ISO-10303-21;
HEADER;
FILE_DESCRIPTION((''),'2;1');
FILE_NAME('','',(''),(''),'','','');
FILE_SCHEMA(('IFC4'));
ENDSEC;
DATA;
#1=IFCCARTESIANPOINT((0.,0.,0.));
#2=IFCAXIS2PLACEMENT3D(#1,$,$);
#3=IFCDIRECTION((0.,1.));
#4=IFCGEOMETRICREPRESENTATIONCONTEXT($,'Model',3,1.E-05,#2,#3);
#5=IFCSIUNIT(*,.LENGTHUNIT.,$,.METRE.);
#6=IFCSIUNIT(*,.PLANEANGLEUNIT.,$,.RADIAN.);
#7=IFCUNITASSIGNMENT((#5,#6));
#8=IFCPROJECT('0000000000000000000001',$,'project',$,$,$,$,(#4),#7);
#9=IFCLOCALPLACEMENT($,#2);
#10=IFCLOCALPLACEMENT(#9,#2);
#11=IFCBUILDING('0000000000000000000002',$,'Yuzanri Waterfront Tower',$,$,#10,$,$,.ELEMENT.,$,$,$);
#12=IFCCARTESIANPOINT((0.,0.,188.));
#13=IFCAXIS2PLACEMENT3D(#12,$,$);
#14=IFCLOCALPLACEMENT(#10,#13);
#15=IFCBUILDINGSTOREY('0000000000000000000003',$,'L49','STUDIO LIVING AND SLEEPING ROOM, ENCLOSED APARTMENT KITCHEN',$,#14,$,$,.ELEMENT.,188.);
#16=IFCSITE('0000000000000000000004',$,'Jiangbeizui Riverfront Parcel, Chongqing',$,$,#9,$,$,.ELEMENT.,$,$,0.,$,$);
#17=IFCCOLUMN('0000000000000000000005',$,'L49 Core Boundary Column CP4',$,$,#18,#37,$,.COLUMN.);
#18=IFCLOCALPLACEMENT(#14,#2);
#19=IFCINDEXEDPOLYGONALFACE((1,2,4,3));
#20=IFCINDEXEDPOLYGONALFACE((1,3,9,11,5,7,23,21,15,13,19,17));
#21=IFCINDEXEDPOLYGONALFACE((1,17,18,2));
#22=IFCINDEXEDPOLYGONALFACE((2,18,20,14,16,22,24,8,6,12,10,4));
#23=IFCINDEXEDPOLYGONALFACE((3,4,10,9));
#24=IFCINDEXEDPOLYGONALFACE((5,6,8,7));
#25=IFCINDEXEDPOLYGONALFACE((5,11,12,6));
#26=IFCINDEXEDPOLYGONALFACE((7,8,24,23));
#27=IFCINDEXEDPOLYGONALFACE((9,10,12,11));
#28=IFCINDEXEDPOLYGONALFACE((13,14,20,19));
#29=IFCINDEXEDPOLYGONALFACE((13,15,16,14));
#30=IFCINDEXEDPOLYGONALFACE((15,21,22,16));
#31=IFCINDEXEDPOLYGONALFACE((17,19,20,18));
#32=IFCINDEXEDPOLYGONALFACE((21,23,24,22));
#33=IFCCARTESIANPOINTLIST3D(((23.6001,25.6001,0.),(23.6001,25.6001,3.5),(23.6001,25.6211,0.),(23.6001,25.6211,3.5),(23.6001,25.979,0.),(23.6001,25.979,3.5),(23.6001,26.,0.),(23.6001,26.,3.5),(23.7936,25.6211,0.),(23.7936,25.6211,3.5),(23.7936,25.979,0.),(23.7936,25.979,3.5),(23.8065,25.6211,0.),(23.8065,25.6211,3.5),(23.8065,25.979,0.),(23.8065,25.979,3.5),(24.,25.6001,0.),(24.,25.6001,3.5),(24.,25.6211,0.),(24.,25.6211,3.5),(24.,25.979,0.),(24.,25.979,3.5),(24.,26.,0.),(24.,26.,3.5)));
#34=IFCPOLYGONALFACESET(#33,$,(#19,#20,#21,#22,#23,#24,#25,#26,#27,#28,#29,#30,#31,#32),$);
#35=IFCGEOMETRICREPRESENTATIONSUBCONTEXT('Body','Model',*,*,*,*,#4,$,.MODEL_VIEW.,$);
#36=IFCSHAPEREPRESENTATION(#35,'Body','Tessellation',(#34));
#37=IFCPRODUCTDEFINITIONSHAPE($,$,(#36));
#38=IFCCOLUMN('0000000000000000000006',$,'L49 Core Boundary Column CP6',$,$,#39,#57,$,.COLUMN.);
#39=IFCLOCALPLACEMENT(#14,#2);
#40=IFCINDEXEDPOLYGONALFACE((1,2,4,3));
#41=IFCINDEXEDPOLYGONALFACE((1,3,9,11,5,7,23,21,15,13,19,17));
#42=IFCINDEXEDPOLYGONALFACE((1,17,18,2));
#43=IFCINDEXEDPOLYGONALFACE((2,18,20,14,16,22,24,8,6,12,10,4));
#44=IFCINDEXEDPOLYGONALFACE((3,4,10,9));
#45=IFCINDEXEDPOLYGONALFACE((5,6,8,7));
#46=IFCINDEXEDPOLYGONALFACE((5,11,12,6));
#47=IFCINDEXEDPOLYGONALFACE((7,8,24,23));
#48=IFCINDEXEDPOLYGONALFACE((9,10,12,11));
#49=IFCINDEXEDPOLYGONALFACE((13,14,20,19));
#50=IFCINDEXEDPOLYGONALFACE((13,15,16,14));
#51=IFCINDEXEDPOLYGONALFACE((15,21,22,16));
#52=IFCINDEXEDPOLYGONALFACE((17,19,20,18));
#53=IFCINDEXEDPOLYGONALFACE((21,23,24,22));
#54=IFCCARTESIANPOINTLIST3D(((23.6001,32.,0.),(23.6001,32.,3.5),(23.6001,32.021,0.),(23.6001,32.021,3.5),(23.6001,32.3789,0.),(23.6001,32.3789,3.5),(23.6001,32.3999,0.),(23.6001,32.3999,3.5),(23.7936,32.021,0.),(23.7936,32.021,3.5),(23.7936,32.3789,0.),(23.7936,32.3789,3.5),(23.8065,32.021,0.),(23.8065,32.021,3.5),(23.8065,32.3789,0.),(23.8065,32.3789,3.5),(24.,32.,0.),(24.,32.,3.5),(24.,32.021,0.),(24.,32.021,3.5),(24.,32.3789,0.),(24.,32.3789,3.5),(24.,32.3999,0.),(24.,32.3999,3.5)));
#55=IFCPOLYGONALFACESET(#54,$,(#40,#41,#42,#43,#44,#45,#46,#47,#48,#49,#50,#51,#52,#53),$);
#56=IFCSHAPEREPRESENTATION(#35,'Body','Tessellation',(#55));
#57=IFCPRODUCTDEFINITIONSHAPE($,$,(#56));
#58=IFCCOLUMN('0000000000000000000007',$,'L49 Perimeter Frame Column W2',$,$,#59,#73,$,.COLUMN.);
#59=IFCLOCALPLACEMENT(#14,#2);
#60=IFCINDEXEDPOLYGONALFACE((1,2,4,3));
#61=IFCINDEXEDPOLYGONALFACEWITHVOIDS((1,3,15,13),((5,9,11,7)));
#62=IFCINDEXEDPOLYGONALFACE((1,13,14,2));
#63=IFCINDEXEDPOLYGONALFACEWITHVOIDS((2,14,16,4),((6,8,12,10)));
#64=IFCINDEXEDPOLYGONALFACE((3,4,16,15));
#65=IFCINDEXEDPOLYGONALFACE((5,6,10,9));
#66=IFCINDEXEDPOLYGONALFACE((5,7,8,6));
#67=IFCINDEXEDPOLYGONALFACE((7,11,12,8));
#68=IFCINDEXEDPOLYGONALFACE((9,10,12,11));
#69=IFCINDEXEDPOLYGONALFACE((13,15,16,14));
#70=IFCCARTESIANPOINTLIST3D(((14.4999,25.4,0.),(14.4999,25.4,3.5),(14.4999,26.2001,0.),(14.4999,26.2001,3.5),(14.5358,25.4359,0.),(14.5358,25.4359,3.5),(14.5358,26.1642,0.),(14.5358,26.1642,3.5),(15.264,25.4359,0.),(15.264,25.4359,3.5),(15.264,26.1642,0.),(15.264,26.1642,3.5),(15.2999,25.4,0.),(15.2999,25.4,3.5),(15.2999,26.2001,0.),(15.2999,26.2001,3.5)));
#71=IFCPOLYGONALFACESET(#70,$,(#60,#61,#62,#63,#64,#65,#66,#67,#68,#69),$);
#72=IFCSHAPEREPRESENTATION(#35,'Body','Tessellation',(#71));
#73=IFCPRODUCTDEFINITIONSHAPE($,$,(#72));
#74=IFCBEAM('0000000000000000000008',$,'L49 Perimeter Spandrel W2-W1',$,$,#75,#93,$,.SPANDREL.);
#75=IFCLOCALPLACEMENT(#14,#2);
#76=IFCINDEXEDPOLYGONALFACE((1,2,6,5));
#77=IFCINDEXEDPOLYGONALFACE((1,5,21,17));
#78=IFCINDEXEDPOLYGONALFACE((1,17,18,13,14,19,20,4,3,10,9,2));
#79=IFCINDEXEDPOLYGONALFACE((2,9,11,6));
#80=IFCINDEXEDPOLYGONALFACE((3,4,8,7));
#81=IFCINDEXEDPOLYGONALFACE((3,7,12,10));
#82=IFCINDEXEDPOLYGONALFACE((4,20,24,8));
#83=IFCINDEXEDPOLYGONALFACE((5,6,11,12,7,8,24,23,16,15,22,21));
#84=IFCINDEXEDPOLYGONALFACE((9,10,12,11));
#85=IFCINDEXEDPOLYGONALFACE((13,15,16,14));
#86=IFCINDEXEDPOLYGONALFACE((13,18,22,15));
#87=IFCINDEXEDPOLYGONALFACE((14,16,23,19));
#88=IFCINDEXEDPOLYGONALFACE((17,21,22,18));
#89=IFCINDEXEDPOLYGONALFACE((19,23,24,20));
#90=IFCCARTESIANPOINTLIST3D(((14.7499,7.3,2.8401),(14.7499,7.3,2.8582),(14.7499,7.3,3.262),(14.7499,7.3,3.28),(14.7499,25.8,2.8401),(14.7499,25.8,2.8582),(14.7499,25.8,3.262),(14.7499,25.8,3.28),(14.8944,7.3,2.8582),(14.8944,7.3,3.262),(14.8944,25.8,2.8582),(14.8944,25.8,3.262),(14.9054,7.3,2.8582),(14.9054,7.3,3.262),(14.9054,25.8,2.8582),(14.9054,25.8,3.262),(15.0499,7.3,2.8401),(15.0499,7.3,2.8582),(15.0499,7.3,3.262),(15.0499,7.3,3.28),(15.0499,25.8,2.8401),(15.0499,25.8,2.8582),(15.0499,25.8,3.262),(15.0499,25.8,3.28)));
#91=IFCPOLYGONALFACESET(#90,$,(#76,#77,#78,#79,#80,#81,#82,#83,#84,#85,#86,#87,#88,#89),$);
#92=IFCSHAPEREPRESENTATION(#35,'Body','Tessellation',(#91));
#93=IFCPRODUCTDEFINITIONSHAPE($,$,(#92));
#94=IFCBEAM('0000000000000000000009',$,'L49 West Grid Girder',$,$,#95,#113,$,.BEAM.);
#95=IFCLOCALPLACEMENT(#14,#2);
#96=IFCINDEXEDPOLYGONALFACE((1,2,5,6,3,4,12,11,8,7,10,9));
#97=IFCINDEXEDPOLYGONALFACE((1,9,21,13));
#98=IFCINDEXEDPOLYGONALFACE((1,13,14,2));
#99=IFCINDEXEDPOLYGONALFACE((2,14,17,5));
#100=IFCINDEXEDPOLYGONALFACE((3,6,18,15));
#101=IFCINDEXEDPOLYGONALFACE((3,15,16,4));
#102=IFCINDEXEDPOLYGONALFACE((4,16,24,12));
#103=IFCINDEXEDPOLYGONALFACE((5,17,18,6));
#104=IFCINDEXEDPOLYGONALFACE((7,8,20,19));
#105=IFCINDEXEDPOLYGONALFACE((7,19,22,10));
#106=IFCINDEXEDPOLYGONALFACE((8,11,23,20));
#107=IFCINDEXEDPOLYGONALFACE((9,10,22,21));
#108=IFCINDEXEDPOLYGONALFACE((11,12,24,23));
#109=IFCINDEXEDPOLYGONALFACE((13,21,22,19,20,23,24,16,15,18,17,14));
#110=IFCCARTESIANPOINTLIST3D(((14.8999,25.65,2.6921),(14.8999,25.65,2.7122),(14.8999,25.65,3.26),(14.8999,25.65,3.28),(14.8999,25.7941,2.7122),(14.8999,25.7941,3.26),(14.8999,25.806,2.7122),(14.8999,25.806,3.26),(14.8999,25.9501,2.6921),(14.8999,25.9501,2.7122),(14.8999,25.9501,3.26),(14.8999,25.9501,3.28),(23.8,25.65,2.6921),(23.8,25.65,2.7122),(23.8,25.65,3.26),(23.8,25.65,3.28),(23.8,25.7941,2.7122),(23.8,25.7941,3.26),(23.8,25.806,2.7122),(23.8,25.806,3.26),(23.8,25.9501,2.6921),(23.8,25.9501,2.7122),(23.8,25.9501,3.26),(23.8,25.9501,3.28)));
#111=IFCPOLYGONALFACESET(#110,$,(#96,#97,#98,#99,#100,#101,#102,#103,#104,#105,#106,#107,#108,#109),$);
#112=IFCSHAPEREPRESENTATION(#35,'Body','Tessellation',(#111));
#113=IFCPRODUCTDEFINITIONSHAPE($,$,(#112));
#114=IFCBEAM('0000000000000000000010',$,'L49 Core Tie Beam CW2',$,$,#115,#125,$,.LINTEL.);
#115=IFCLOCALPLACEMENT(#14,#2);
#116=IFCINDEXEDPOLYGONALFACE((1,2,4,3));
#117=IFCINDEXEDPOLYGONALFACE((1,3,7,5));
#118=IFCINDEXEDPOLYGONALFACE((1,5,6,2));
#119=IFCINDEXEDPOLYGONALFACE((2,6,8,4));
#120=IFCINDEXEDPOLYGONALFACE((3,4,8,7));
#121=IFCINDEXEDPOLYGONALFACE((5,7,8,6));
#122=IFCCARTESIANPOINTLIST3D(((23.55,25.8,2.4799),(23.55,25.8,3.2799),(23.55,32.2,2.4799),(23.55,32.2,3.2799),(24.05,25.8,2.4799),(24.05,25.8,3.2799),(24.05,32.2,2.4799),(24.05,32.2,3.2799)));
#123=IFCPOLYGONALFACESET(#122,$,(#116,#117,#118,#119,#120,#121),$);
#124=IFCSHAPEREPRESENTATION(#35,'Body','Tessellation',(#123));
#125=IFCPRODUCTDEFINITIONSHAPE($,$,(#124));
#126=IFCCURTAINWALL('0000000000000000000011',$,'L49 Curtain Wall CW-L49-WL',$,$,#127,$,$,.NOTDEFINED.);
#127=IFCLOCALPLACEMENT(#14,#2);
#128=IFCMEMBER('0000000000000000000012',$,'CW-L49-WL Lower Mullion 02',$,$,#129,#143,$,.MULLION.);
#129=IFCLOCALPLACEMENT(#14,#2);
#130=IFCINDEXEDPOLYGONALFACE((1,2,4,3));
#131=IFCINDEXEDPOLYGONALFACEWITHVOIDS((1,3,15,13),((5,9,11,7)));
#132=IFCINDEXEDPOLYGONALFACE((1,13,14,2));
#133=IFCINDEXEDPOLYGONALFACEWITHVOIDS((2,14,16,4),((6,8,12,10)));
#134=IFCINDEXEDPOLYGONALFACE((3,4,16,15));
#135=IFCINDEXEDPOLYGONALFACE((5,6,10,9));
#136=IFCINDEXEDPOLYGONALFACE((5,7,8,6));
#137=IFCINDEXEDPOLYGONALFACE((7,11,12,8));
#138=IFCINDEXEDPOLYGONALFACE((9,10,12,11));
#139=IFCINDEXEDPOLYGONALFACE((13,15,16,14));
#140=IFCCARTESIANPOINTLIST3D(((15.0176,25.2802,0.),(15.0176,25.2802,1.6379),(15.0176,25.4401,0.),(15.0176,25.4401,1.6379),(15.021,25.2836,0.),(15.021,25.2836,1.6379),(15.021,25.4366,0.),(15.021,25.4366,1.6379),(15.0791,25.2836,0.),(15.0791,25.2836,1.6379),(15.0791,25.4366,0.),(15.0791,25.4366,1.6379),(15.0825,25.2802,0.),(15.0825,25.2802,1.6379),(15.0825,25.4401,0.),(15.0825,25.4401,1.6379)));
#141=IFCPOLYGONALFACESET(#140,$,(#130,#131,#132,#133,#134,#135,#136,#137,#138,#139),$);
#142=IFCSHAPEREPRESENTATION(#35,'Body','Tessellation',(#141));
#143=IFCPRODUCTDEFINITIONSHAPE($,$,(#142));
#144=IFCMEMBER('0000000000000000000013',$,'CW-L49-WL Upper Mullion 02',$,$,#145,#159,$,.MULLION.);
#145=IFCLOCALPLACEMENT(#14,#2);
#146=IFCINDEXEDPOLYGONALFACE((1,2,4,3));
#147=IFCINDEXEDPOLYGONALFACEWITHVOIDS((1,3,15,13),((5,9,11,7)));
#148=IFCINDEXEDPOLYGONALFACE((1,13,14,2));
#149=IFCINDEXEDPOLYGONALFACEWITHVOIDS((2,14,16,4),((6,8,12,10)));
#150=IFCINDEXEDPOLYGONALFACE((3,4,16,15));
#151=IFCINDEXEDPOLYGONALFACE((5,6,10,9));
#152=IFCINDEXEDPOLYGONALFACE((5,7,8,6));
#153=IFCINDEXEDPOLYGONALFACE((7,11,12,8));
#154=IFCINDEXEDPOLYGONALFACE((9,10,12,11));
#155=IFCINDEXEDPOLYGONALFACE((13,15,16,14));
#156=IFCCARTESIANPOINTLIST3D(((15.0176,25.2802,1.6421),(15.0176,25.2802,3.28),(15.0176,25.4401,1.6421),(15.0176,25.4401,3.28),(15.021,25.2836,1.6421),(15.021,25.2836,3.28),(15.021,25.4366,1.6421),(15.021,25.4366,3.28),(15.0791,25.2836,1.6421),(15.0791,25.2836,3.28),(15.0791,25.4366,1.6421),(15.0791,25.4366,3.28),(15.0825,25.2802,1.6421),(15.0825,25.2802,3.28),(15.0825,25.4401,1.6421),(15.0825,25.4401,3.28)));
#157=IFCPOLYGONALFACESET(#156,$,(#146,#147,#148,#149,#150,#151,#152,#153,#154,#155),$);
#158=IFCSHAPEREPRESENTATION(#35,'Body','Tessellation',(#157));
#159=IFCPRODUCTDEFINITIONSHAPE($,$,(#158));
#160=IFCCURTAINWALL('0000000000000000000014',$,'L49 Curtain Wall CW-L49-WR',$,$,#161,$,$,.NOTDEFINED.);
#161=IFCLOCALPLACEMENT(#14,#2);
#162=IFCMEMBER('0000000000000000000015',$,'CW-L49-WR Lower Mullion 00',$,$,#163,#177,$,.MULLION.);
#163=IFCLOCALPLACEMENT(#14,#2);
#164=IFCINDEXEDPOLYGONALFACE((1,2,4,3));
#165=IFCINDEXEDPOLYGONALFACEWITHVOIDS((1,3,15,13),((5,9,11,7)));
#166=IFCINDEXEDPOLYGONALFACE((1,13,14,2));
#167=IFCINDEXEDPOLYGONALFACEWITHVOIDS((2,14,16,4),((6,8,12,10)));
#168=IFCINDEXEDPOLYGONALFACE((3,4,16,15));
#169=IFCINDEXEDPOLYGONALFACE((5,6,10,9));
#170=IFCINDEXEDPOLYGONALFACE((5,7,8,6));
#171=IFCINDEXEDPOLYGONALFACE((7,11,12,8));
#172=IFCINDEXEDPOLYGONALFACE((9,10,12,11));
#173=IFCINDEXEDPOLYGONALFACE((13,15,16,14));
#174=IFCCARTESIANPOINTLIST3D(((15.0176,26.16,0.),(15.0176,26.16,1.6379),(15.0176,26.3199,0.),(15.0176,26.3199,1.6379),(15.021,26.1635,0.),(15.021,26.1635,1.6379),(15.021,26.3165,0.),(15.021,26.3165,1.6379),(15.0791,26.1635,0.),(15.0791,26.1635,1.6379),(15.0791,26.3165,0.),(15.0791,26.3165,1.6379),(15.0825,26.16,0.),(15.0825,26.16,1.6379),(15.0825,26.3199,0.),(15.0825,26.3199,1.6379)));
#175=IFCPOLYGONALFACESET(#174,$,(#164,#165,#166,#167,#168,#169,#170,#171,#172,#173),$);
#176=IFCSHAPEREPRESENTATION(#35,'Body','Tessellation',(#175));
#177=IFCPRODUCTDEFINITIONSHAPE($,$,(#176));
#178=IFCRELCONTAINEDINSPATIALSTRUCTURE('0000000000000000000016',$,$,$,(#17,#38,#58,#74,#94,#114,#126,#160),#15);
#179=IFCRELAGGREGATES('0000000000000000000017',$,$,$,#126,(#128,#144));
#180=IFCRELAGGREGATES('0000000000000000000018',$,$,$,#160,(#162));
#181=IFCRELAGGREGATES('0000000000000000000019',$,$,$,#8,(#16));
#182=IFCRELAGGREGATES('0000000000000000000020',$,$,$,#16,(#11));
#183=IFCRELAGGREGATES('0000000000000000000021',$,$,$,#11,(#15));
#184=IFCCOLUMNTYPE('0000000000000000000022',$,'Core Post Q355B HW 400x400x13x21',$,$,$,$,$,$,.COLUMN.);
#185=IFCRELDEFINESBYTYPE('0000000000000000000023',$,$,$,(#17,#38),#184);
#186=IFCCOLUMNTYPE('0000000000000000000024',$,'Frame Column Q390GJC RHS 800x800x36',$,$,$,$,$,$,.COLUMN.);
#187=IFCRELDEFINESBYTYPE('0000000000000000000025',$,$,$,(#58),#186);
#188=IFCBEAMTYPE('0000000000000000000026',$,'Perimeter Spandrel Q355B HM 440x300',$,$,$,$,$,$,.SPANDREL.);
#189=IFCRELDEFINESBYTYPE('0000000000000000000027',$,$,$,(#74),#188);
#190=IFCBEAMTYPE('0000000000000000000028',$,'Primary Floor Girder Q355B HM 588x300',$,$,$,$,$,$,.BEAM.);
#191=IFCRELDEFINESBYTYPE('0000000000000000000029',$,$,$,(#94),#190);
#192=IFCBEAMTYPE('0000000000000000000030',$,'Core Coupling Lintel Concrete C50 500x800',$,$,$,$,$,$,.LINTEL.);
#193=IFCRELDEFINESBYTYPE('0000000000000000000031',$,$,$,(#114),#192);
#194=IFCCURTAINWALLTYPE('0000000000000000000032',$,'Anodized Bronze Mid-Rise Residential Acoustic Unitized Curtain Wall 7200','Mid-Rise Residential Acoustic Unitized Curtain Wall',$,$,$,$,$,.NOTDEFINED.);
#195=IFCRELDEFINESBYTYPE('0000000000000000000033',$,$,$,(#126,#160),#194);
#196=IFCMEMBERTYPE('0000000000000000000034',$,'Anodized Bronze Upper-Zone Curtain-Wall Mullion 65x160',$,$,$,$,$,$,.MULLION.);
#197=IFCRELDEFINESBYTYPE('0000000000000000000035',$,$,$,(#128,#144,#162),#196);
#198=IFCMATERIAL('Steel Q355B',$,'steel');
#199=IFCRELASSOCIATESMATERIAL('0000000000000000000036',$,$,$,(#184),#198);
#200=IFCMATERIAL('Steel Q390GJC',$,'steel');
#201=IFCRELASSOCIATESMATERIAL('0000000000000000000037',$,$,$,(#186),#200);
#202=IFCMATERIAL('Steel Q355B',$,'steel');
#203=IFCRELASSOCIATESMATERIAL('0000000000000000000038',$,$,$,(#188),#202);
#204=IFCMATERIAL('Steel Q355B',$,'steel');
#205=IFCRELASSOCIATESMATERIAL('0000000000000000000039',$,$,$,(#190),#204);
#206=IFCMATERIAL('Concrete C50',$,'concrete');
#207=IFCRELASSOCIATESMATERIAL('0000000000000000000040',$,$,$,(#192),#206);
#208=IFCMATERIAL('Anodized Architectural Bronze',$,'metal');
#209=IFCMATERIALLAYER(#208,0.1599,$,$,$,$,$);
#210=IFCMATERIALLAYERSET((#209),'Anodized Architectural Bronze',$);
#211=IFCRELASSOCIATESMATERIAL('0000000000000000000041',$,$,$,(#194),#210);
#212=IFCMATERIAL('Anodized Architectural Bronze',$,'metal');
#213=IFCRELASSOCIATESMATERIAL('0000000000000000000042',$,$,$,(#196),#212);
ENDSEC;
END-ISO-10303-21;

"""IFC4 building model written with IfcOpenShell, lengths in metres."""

from ifc_helpers import new_model, si_unit, direction, frame, origin, origin_2d, place, context, subcontext, project, spatial, rectangle, hollow_rectangle, i_section, extrude, source, transform, mapped, material, layer, layer_set, material_profile, profile_set, type_object, element, aggregate, save


model = new_model("IFC4")

# Units and contexts
model_context = context("Model", 3, precision=1e-05, world=origin(), true_north=direction((0.0, 1.0)))
body_context = subcontext(model_context, "Body", "Model", "MODEL_VIEW")
ifc_project = project(units=[si_unit("LENGTHUNIT", "METRE"), si_unit("PLANEANGLEUNIT", "RADIAN")], contexts=[model_context])

# Site, building, storey
site_placement = place(None, origin())
site = spatial("IfcSite", under=ifc_project, at=site_placement, Name="Jiangbeizui Riverfront Parcel, Chongqing", CompositionType="ELEMENT", RefElevation=0.0)
building_placement = place(site_placement, origin())
building = spatial("IfcBuilding", under=site, at=building_placement, Name="Yuzanri Waterfront Tower", CompositionType="ELEMENT")
storey_placement = place(building_placement, frame((0.0, 0.0, 188.0)))
storey = spatial("IfcBuildingStorey", under=building, at=storey_placement, Name="L49", Description="STUDIO LIVING AND SLEEPING ROOM, ENCLOSED APARTMENT KITCHEN", CompositionType="ELEMENT", Elevation=188.0)

# Columns
ifc_material_1 = material(Name="Steel Q355B", Category="steel")
ifc_material_profile_1 = material_profile(ifc_material_1, i_section(OverallWidth=0.3999, OverallDepth=0.3999, WebThickness=0.0129, FlangeThickness=0.021, at=origin_2d()), Name="HW 400x400x13x21")
ifc_profile_set_1 = profile_set([ifc_material_profile_1], Name="Steel Q355B")
column_type_1 = type_object("IfcColumnType", Name="Core Post Q355B HW 400x400x13x21", PredefinedType="COLUMN", material=ifc_profile_set_1)
shared_shape_1 = source(origin(), body_context, "Body", "SweptSolid", [
    extrude(i_section(OverallWidth=0.3999, OverallDepth=0.3999, WebThickness=0.0129, FlangeThickness=0.021, at=origin_2d()), origin(), (0.0, 0.0, 1.0), 3.5),
])
for number, where, z_axis, x_axis, name in (
    (1, (23.8, 25.8, 0.0), (0.0, 0.0, 1.0), (1.0, 0.0, 0.0), "L49 Core Boundary Column CP4"),
    (2, (23.8, 32.2, 0.0), (0.0, 0.0, 1.0), (1.0, 0.0, 0.0), "L49 Core Boundary Column CP6"),
):
    element("IfcColumn", number, at=place(storey_placement, frame(where, z_axis=z_axis, x_axis=x_axis)), inside=storey, type_object=column_type_1, Name=name, PredefinedType="COLUMN", context=body_context, shape_type="MappedRepresentation", body=[
        mapped(shared_shape_1, transform((0.0, 0.0, 0.0), scale=1.0)),
    ])
ifc_material_2 = material(Name="Steel Q390GJC", Category="steel")
ifc_material_profile_2 = material_profile(ifc_material_2, hollow_rectangle(XDim=0.8, YDim=0.8, WallThickness=0.0359, at=origin_2d()), Name="RHS 800x800x36")
ifc_profile_set_2 = profile_set([ifc_material_profile_2], Name="Steel Q390GJC")
column_type_2 = type_object("IfcColumnType", Name="Frame Column Q390GJC RHS 800x800x36", PredefinedType="COLUMN", material=ifc_profile_set_2)
shared_shape_2 = source(origin(), body_context, "Body", "SweptSolid", [
    extrude(hollow_rectangle(XDim=0.8, YDim=0.8, WallThickness=0.0359, at=origin_2d()), origin(), (0.0, 0.0, 1.0), 3.5),
])
column_placement = place(storey_placement, frame((14.8999, 25.8, 0.0), z_axis=(0.0, 0.0, 1.0), x_axis=(1.0, 0.0, 0.0)))
element("IfcColumn", 3, at=column_placement, inside=storey, type_object=column_type_2, Name="L49 Perimeter Frame Column W2", PredefinedType="COLUMN", context=body_context, shape_type="MappedRepresentation", body=[
    mapped(shared_shape_2, transform((0.0, 0.0, 0.0), scale=1.0)),
])

# Beams
ifc_material_3 = material(Name="Steel Q355B", Category="steel")
ifc_material_profile_3 = material_profile(ifc_material_3, i_section(OverallWidth=0.3, OverallDepth=0.4399, WebThickness=0.011, FlangeThickness=0.0181, at=origin_2d()), Name="HM 440x300x11x18")
ifc_profile_set_3 = profile_set([ifc_material_profile_3], Name="Steel Q355B")
beam_type_1 = type_object("IfcBeamType", Name="Perimeter Spandrel Q355B HM 440x300", PredefinedType="SPANDREL", material=ifc_profile_set_3)
shared_shape_3 = source(origin(), body_context, "Body", "SweptSolid", [
    extrude(i_section(OverallWidth=0.3, OverallDepth=0.4399, WebThickness=0.011, FlangeThickness=0.0181, at=origin_2d()), origin(), (0.0, 0.0, 1.0), 18.5),
])
beam_1_placement = place(storey_placement, frame((14.8999, 25.8, 3.0601), z_axis=(0.0, -1.0, 0.0), x_axis=(1.0, 0.0, 0.0)))
element("IfcBeam", 4, at=beam_1_placement, inside=storey, type_object=beam_type_1, Name="L49 Perimeter Spandrel W2-W1", PredefinedType="SPANDREL", context=body_context, shape_type="MappedRepresentation", body=[
    mapped(shared_shape_3, transform((0.0, 0.0, 0.0), scale=1.0)),
])
ifc_material_4 = material(Name="Steel Q355B", Category="steel")
ifc_material_profile_4 = material_profile(ifc_material_4, i_section(OverallWidth=0.3, OverallDepth=0.5879, WebThickness=0.012, FlangeThickness=0.02, at=origin_2d()), Name="HM 588x300x12x20")
ifc_profile_set_4 = profile_set([ifc_material_profile_4], Name="Steel Q355B")
beam_type_2 = type_object("IfcBeamType", Name="Primary Floor Girder Q355B HM 588x300", PredefinedType="BEAM", material=ifc_profile_set_4)
shared_shape_4 = source(origin(), body_context, "Body", "SweptSolid", [
    extrude(i_section(OverallWidth=0.3, OverallDepth=0.5879, WebThickness=0.012, FlangeThickness=0.02, at=origin_2d()), origin(), (0.0, 0.0, 1.0), 8.9001),
])
beam_2_placement = place(storey_placement, frame((23.8, 25.8, 2.9861), z_axis=(-1.0, 0.0, 0.0), x_axis=(0.0, -1.0, 0.0)))
element("IfcBeam", 5, at=beam_2_placement, inside=storey, type_object=beam_type_2, Name="L49 West Grid Girder", PredefinedType="BEAM", context=body_context, shape_type="MappedRepresentation", body=[
    mapped(shared_shape_4, transform((0.0, 0.0, 0.0), scale=1.0)),
])
ifc_material_5 = material(Name="Concrete C50", Category="concrete")
ifc_material_profile_5 = material_profile(ifc_material_5, rectangle(XDim=0.5, YDim=0.8, at=origin_2d()), Name="RC 500x800")
ifc_profile_set_5 = profile_set([ifc_material_profile_5], Name="Concrete C50")
beam_type_3 = type_object("IfcBeamType", Name="Core Coupling Lintel Concrete C50 500x800", PredefinedType="LINTEL", material=ifc_profile_set_5)
shared_shape_5 = source(origin(), body_context, "Body", "SweptSolid", [
    extrude(rectangle(XDim=0.5, YDim=0.8, at=origin_2d()), origin(), (0.0, 0.0, 1.0), 6.3999),
])
beam_3_placement = place(storey_placement, frame((23.8, 25.8, 2.8799), z_axis=(0.0, 1.0, 0.0), x_axis=(-1.0, 0.0, 0.0)))
element("IfcBeam", 6, at=beam_3_placement, inside=storey, type_object=beam_type_3, Name="L49 Core Tie Beam CW2", PredefinedType="LINTEL", context=body_context, shape_type="MappedRepresentation", body=[
    mapped(shared_shape_5, transform((0.0, 0.0, 0.0), scale=1.0)),
])

# Curtain wall, members
ifc_material_6 = material(Name="Anodized Architectural Bronze", Category="metal")
ifc_layer_1 = layer(ifc_material_6, 0.1599)
ifc_layer_set_1 = layer_set([ifc_layer_1], Name="Anodized Architectural Bronze")
curtain_wall_type = type_object("IfcCurtainWallType", Name="Anodized Bronze Mid-Rise Residential Acoustic Unitized Curtain Wall 7200", Description="Mid-Rise Residential Acoustic Unitized Curtain Wall", PredefinedType="NOTDEFINED", material=ifc_layer_set_1)
curtain_wall_1_placement = place(storey_placement, origin())
curtain_wall_1 = element("IfcCurtainWall", 7, at=curtain_wall_1_placement, inside=storey, type_object=curtain_wall_type, Name="L49 Curtain Wall CW-L49-WL", PredefinedType="NOTDEFINED")
ifc_material_7 = material(Name="Anodized Architectural Bronze", Category="metal")
ifc_material_profile_6 = material_profile(ifc_material_7, hollow_rectangle(XDim=0.0649, YDim=0.1599, WallThickness=0.0034, at=origin_2d()), Name="CWM 65x160")
ifc_profile_set_6 = profile_set([ifc_material_profile_6], Name="Anodized Architectural Bronze")
member_type_1 = type_object("IfcMemberType", Name="Anodized Bronze Upper-Zone Curtain-Wall Mullion 65x160", PredefinedType="MULLION", material=ifc_profile_set_6)
shared_shape_6 = source(origin(), body_context, "Body", "SweptSolid", [
    extrude(hollow_rectangle(XDim=0.0649, YDim=0.1599, WallThickness=0.0034, at=origin_2d()), origin(), (0.0, 0.0, 1.0), 1.6379),
])
member_1_placement = place(storey_placement, frame((15.05, 25.3601, 0.0), z_axis=(0.0, 0.0, 1.0), x_axis=(1.0, 0.0, 0.0)))
member_1 = element("IfcMember", 8, at=member_1_placement, type_object=member_type_1, Name="CW-L49-WL Lower Mullion 02", PredefinedType="MULLION", context=body_context, shape_type="MappedRepresentation", body=[
    mapped(shared_shape_6, transform((0.0, 0.0, 0.0), scale=1.0)),
])
member_2_placement = place(storey_placement, frame((15.05, 25.3601, 1.6421), z_axis=(0.0, 0.0, 1.0), x_axis=(1.0, 0.0, 0.0)))
member_2 = element("IfcMember", 9, at=member_2_placement, type_object=member_type_1, Name="CW-L49-WL Upper Mullion 02", PredefinedType="MULLION", context=body_context, shape_type="MappedRepresentation", body=[
    mapped(shared_shape_6, transform((0.0, 0.0, 0.0), scale=1.0)),
])
aggregate(curtain_wall_1, [member_1, member_2])

# Curtain wall, member
curtain_wall_2_placement = place(storey_placement, origin())
curtain_wall_2 = element("IfcCurtainWall", 10, at=curtain_wall_2_placement, inside=storey, type_object=curtain_wall_type, Name="L49 Curtain Wall CW-L49-WR", PredefinedType="NOTDEFINED")
member_3_placement = place(storey_placement, frame((15.05, 26.24, 0.0), z_axis=(0.0, 0.0, 1.0), x_axis=(1.0, 0.0, 0.0)))
member_3 = element("IfcMember", 11, at=member_3_placement, type_object=member_type_1, Name="CW-L49-WR Lower Mullion 00", PredefinedType="MULLION", context=body_context, shape_type="MappedRepresentation", body=[
    mapped(shared_shape_6, transform((0.0, 0.0, 0.0), scale=1.0)),
])
aggregate(curtain_wall_2, [member_3])

save(model, "model.ifc")
